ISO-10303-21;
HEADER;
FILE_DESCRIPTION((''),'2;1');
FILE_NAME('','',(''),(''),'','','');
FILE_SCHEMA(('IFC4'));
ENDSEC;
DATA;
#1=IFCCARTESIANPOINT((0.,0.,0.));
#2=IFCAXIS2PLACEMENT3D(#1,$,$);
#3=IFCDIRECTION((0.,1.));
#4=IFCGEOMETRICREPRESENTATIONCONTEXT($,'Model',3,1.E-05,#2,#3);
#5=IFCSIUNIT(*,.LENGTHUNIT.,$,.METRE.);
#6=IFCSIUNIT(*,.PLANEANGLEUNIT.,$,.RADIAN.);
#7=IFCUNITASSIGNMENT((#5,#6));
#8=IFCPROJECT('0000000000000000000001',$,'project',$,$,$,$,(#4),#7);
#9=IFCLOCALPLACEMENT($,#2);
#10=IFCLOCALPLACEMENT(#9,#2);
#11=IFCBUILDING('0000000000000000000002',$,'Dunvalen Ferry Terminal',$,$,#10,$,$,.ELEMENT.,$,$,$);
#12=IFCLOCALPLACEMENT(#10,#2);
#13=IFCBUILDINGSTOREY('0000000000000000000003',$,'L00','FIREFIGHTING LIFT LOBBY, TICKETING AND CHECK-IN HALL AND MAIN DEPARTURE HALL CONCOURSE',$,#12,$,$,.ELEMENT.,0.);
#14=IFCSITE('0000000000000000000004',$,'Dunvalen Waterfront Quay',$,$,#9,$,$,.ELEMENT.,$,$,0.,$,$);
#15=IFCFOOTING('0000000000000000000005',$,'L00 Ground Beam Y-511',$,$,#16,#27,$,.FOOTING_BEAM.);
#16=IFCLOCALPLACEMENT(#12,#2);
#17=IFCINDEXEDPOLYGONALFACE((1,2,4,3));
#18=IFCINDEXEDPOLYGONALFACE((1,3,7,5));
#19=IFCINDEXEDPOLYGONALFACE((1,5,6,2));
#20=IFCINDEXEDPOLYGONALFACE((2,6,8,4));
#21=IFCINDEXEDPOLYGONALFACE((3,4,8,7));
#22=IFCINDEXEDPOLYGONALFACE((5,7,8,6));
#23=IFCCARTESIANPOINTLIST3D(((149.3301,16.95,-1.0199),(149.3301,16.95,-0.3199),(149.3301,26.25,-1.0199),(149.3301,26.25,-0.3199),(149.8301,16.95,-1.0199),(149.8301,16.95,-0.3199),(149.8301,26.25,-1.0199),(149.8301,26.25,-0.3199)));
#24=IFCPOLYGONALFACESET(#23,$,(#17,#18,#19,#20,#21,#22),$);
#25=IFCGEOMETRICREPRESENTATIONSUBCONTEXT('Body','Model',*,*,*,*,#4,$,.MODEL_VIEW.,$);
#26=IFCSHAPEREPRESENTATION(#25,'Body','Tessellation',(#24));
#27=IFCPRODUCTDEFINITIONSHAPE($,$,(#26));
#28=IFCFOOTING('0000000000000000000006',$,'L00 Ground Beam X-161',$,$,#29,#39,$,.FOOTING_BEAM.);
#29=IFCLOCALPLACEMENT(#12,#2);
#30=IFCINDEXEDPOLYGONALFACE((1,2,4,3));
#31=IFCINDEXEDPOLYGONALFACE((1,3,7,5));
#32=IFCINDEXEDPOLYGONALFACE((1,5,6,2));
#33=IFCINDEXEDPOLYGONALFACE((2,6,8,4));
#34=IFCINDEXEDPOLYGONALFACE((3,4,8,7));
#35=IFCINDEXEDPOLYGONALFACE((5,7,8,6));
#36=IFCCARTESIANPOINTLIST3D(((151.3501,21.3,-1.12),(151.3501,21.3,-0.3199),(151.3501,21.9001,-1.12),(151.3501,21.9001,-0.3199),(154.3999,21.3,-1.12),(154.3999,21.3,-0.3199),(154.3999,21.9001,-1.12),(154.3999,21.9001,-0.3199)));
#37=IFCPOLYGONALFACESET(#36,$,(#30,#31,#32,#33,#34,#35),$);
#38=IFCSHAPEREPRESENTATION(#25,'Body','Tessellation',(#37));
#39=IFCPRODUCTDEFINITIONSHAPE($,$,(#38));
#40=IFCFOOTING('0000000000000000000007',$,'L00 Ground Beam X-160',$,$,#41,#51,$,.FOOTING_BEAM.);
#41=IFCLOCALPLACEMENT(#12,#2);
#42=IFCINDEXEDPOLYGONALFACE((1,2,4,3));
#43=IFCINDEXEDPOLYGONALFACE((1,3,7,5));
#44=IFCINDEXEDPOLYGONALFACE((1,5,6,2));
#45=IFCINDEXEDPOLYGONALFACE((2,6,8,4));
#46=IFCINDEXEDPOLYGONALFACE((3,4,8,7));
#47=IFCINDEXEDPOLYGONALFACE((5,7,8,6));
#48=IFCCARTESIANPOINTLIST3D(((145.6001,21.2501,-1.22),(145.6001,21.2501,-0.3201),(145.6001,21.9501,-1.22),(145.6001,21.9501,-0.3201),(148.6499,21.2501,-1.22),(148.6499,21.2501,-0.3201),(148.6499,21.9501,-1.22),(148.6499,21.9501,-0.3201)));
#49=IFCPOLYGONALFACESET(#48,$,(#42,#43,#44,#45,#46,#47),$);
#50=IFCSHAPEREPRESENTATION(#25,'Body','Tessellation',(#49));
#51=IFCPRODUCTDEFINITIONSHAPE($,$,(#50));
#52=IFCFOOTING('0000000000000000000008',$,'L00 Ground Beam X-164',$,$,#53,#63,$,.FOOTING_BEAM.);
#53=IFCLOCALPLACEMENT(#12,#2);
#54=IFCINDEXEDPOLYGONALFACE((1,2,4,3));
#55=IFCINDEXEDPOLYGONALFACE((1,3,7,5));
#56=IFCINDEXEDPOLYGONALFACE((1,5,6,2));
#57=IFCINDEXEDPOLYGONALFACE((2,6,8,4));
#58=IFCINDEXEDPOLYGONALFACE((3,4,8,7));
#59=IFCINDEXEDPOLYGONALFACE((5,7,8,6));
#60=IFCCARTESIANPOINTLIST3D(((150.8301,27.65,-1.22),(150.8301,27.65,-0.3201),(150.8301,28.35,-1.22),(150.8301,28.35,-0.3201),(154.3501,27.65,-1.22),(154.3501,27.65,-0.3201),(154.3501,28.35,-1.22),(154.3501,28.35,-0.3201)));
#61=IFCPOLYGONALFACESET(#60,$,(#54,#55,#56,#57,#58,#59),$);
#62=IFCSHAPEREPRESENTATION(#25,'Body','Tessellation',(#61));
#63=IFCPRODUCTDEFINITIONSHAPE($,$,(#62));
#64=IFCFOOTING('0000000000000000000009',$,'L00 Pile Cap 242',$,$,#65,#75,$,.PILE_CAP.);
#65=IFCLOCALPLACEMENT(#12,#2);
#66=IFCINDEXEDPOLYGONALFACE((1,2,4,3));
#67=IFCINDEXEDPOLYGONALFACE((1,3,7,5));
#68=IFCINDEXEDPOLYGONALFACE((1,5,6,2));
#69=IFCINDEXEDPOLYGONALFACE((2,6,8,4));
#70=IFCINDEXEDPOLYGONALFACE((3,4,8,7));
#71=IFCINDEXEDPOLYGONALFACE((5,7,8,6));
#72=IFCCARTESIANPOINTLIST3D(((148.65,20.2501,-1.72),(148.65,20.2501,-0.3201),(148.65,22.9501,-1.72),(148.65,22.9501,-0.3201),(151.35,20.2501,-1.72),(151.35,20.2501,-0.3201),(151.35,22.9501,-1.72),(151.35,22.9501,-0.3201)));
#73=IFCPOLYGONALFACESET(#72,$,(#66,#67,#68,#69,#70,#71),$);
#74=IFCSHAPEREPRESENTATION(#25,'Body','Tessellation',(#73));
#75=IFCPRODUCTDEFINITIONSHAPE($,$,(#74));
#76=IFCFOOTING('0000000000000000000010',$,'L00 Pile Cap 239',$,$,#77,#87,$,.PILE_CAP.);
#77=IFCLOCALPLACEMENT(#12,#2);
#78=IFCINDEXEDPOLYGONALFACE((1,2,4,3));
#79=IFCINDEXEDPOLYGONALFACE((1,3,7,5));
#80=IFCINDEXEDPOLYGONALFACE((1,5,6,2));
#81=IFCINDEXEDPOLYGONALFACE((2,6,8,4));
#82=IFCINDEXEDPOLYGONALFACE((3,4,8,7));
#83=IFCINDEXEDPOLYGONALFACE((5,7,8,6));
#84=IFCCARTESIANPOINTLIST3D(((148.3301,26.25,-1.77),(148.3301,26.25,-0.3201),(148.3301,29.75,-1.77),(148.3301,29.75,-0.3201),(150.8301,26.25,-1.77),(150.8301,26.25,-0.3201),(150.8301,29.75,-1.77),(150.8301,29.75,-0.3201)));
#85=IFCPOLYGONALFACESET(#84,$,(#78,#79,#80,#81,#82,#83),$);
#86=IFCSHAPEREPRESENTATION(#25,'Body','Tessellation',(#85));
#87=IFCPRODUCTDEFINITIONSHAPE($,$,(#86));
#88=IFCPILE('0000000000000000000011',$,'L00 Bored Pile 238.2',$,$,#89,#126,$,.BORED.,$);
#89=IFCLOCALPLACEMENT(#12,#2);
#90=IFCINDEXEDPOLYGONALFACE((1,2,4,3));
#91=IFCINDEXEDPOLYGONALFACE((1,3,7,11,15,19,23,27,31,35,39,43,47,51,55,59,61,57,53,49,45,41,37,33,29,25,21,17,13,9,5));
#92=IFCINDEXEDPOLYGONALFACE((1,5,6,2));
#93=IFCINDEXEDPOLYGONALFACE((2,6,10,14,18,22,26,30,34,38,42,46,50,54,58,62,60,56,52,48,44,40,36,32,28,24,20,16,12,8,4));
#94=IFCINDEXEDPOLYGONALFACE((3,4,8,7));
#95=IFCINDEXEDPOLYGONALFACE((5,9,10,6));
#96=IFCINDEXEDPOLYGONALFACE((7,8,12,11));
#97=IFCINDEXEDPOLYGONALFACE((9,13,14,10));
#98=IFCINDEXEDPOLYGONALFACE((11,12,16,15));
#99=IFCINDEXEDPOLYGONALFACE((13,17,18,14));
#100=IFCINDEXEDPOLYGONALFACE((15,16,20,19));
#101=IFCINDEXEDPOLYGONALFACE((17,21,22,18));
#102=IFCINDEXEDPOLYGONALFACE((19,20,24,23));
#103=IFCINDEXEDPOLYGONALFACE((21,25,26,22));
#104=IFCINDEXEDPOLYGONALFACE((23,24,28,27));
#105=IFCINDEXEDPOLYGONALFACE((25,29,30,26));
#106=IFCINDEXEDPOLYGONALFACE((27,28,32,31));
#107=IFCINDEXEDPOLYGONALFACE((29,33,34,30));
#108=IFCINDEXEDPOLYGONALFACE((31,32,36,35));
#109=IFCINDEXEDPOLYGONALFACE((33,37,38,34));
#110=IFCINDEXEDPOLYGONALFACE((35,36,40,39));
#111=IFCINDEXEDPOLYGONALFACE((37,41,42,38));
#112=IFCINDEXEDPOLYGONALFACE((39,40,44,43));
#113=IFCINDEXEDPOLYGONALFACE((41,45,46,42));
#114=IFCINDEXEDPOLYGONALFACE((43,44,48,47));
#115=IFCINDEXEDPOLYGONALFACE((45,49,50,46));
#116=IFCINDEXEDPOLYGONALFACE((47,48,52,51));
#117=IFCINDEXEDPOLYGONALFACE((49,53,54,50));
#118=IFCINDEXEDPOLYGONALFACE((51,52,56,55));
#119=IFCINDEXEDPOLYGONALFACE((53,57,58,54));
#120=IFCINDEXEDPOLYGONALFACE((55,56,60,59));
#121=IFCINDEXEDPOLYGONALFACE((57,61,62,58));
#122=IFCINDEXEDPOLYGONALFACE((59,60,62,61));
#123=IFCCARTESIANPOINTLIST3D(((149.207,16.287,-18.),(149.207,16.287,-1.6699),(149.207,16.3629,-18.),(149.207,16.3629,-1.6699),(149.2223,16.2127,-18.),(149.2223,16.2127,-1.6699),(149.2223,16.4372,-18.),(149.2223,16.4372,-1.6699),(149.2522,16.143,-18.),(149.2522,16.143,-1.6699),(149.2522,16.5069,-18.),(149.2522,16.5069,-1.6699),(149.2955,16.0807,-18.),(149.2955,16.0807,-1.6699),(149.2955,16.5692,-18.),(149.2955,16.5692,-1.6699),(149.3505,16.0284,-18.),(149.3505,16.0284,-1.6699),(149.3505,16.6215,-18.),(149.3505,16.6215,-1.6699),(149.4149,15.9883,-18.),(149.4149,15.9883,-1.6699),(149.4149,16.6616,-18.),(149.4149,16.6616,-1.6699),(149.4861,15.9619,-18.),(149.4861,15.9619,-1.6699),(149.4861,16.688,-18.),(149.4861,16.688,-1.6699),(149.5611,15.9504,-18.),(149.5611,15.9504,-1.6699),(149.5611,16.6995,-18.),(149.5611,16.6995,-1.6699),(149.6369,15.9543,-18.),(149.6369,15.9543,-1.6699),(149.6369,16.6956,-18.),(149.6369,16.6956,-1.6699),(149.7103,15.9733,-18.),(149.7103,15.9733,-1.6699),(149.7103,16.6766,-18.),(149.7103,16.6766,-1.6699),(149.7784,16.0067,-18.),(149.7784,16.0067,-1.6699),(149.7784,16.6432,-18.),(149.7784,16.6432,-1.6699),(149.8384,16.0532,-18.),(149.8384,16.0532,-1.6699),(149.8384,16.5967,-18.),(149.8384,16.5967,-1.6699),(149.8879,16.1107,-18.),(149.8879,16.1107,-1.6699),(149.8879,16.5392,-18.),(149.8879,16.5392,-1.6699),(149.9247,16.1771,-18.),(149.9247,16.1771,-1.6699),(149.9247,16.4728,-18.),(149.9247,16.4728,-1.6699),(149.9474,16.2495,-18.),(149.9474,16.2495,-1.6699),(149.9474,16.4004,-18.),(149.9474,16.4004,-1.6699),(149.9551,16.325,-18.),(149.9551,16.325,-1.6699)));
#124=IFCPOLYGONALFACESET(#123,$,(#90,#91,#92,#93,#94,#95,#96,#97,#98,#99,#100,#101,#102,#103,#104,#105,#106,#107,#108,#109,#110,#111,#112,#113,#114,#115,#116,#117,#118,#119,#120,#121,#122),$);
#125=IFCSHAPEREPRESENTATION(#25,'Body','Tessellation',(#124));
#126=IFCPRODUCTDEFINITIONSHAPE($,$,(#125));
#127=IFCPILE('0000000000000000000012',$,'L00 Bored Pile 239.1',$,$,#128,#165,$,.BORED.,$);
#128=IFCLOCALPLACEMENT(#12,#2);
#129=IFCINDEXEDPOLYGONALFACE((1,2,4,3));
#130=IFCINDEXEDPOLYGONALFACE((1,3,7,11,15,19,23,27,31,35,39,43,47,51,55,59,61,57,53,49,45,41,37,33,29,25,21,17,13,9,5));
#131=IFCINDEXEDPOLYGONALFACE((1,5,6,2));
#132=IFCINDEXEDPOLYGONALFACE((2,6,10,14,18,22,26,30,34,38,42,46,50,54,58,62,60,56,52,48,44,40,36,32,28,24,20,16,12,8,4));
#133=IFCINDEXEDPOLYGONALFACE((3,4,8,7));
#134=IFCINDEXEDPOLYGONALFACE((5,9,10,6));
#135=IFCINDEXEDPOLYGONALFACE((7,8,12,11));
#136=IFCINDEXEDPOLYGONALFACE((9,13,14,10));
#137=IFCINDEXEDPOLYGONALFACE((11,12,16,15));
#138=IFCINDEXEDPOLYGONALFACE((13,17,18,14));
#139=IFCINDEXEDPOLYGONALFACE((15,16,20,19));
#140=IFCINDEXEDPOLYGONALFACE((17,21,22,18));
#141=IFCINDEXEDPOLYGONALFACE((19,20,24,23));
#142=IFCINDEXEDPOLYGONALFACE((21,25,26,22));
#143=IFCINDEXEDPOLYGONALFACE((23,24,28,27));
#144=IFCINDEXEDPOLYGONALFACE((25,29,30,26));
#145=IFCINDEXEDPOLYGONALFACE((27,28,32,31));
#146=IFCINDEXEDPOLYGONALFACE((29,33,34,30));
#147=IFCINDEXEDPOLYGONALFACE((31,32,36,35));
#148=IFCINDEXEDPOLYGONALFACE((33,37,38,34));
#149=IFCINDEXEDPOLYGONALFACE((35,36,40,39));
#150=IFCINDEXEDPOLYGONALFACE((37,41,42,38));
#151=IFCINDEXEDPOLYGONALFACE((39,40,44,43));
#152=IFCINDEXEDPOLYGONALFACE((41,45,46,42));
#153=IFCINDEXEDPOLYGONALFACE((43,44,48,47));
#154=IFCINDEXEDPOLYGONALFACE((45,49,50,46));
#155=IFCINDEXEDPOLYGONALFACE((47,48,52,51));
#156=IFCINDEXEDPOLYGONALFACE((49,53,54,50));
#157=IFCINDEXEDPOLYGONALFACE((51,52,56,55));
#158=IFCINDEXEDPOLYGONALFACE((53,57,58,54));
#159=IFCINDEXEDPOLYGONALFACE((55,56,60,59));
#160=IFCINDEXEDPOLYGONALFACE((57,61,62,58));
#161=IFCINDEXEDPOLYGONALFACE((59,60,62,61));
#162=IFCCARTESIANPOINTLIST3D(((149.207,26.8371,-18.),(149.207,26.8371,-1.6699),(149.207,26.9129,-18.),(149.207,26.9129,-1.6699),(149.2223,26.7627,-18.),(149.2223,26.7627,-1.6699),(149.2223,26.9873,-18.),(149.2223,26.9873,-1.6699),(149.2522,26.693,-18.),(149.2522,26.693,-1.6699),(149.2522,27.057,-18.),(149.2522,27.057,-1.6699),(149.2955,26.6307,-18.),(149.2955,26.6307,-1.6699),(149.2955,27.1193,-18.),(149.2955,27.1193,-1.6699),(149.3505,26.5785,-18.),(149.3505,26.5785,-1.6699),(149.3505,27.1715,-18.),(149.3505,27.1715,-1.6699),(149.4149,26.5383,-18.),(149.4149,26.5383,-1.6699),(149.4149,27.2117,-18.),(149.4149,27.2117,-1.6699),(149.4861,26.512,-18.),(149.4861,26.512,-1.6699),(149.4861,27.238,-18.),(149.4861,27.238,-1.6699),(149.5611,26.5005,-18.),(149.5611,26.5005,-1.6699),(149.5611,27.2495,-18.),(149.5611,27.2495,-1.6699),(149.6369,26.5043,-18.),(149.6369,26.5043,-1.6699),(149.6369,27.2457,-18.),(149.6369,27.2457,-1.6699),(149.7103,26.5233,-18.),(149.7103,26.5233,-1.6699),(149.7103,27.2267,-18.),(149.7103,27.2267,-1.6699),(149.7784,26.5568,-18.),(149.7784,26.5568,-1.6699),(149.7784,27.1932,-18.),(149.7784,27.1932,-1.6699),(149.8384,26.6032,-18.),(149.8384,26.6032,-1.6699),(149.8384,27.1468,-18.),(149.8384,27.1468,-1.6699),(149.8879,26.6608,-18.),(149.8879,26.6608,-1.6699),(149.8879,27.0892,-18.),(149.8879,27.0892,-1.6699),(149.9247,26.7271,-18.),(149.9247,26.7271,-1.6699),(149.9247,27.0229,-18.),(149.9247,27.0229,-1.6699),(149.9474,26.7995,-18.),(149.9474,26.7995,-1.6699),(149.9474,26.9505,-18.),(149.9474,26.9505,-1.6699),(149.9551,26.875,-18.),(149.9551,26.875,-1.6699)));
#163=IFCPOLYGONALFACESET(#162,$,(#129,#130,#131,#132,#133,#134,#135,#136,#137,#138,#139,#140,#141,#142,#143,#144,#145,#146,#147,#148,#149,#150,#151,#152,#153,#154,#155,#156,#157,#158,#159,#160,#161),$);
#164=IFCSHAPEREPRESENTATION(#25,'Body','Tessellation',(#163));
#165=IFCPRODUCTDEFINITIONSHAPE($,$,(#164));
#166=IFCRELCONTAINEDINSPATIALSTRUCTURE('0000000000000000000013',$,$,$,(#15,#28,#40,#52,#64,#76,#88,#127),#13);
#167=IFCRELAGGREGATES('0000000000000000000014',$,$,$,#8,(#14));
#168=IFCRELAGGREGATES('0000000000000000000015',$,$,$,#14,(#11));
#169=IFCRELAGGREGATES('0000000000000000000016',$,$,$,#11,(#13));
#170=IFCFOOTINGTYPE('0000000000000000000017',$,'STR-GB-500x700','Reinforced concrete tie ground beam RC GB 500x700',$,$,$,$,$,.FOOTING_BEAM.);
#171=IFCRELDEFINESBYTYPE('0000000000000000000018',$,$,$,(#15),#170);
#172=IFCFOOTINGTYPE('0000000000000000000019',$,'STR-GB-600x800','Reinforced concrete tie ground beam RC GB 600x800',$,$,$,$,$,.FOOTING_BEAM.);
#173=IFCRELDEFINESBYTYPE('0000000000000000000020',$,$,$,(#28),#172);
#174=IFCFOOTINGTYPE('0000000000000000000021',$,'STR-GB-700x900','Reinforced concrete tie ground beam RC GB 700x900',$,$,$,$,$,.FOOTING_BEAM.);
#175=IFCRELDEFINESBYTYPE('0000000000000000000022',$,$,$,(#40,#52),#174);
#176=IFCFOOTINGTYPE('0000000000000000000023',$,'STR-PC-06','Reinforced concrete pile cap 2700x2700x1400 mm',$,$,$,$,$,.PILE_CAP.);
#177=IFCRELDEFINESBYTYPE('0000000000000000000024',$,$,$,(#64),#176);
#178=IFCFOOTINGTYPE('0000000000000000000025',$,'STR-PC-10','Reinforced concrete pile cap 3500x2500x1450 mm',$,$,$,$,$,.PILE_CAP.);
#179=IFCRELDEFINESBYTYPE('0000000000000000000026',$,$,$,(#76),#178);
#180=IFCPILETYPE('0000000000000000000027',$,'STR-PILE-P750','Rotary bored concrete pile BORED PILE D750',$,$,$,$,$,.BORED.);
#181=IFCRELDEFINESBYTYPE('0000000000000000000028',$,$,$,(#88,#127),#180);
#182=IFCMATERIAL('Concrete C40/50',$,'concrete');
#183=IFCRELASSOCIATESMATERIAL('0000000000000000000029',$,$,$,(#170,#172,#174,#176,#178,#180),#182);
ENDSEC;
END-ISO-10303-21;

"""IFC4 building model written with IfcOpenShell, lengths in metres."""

from ifc_helpers import new_model, si_unit, direction, frame, origin, origin_2d, place, context, subcontext, project, spatial, rectangle, circle, extrude, material, material_profile, profile_set, type_object, element, save


model = new_model("IFC4")

# Units and contexts
model_context = context("Model", 3, precision=1e-05, world=origin(), true_north=direction((0.0, 1.0)))
body_context = subcontext(model_context, "Body", "Model", "MODEL_VIEW")
ifc_project = project(units=[si_unit("LENGTHUNIT", "METRE"), si_unit("PLANEANGLEUNIT", "RADIAN")], contexts=[model_context])

# Site, building, storey
site_placement = place(None, origin())
site = spatial("IfcSite", under=ifc_project, at=site_placement, Name="Dunvalen Waterfront Quay", CompositionType="ELEMENT", RefElevation=0.0)
building_placement = place(site_placement, origin())
building = spatial("IfcBuilding", under=site, at=building_placement, Name="Dunvalen Ferry Terminal", CompositionType="ELEMENT")
storey_placement = place(building_placement, origin())
storey = spatial("IfcBuildingStorey", under=building, at=storey_placement, Name="L00", Description="FIREFIGHTING LIFT LOBBY, TICKETING AND CHECK-IN HALL AND MAIN DEPARTURE HALL CONCOURSE", CompositionType="ELEMENT", Elevation=0.0)

# Footings
ifc_material_1 = material(Name="Concrete C40/50", Category="concrete")
ifc_material_profile_1 = material_profile(ifc_material_1, rectangle(XDim=0.5, YDim=0.7, at=origin_2d()), Name="Concrete C40/50")
ifc_profile_set_1 = profile_set([ifc_material_profile_1], Name="Concrete C40/50")
footing_type_1 = type_object("IfcFootingType", Name="STR-GB-500x700", Description="Reinforced concrete tie ground beam RC GB 500x700", PredefinedType="FOOTING_BEAM", material=ifc_profile_set_1)
footing_1_placement = place(storey_placement, frame((149.5801, 16.95, -0.6699), z_axis=(0.0, 1.0, 0.0), x_axis=(-1.0, 0.0, 0.0)))
element("IfcFooting", 1, at=footing_1_placement, inside=storey, type_object=footing_type_1, Name="L00 Ground Beam Y-511", PredefinedType="FOOTING_BEAM", context=body_context, shape_type="SweptSolid", body=[
    extrude(rectangle(XDim=0.5, YDim=0.7, at=origin_2d()), origin(), (0.0, 0.0, 1.0), 9.3),
])
ifc_material_profile_2 = material_profile(ifc_material_1, rectangle(XDim=0.6001, YDim=0.8, at=origin_2d()), Name="Concrete C40/50")
ifc_profile_set_2 = profile_set([ifc_material_profile_2], Name="Concrete C40/50")
footing_type_2 = type_object("IfcFootingType", Name="STR-GB-600x800", Description="Reinforced concrete tie ground beam RC GB 600x800", PredefinedType="FOOTING_BEAM", material=ifc_profile_set_2)
footing_2_placement = place(storey_placement, frame((151.3501, 21.6001, -0.72), z_axis=(1.0, 0.0, 0.0), x_axis=(0.0, 1.0, 0.0)))
element("IfcFooting", 2, at=footing_2_placement, inside=storey, type_object=footing_type_2, Name="L00 Ground Beam X-161", PredefinedType="FOOTING_BEAM", context=body_context, shape_type="SweptSolid", body=[
    extrude(rectangle(XDim=0.6001, YDim=0.8, at=origin_2d()), origin(), (0.0, 0.0, 1.0), 3.0498),
])
ifc_material_profile_3 = material_profile(ifc_material_1, rectangle(XDim=0.7, YDim=0.8999, at=origin_2d()), Name="Concrete C40/50")
ifc_profile_set_3 = profile_set([ifc_material_profile_3], Name="Concrete C40/50")
footing_type_3 = type_object("IfcFootingType", Name="STR-GB-700x900", Description="Reinforced concrete tie ground beam RC GB 700x900", PredefinedType="FOOTING_BEAM", material=ifc_profile_set_3)
footing_3_placement = place(storey_placement, frame((145.6001, 21.6001, -0.77), z_axis=(1.0, 0.0, 0.0), x_axis=(0.0, 1.0, 0.0)))
element("IfcFooting", 3, at=footing_3_placement, inside=storey, type_object=footing_type_3, Name="L00 Ground Beam X-160", PredefinedType="FOOTING_BEAM", context=body_context, shape_type="SweptSolid", body=[
    extrude(rectangle(XDim=0.7, YDim=0.8999, at=origin_2d()), origin(), (0.0, 0.0, 1.0), 3.0498),
])
footing_4_placement = place(storey_placement, frame((150.8301, 28.0, -0.77), z_axis=(1.0, 0.0, 0.0), x_axis=(0.0, 1.0, 0.0)))
element("IfcFooting", 4, at=footing_4_placement, inside=storey, type_object=footing_type_3, Name="L00 Ground Beam X-164", PredefinedType="FOOTING_BEAM", context=body_context, shape_type="SweptSolid", body=[
    extrude(rectangle(XDim=0.7, YDim=0.8999, at=origin_2d()), origin(), (0.0, 0.0, 1.0), 3.52),
])
footing_type_4 = type_object("IfcFootingType", Name="STR-PC-06", Description="Reinforced concrete pile cap 2700x2700x1400 mm", PredefinedType="PILE_CAP", material=ifc_material_1)
footing_5_placement = place(storey_placement, frame((150.0, 21.6001, -1.72), z_axis=(0.0, 0.0, 1.0), x_axis=(1.0, 0.0, 0.0)))
element("IfcFooting", 5, at=footing_5_placement, inside=storey, type_object=footing_type_4, Name="L00 Pile Cap 242", PredefinedType="PILE_CAP", context=body_context, shape_type="SweptSolid", body=[
    extrude(rectangle(XDim=2.7, YDim=2.7, at=origin_2d()), origin(), (0.0, 0.0, 1.0), 1.3999),
])
footing_type_5 = type_object("IfcFootingType", Name="STR-PC-10", Description="Reinforced concrete pile cap 3500x2500x1450 mm", PredefinedType="PILE_CAP", material=ifc_material_1)
footing_6_placement = place(storey_placement, frame((149.5801, 28.0, -1.77), z_axis=(0.0, 0.0, 1.0), x_axis=(0.0, 1.0, 0.0)))
element("IfcFooting", 6, at=footing_6_placement, inside=storey, type_object=footing_type_5, Name="L00 Pile Cap 239", PredefinedType="PILE_CAP", context=body_context, shape_type="SweptSolid", body=[
    extrude(rectangle(XDim=3.5, YDim=2.5, at=origin_2d()), origin(), (0.0, 0.0, 1.0), 1.45),
])

# Piles
ifc_material_profile_4 = material_profile(ifc_material_1, circle(Radius=0.375, at=origin_2d()), Name="Concrete C40/50")
ifc_profile_set_4 = profile_set([ifc_material_profile_4], Name="Concrete C40/50")
pile_type = type_object("IfcPileType", Name="STR-PILE-P750", Description="Rotary bored concrete pile BORED PILE D750", PredefinedType="BORED", material=ifc_profile_set_4)
for number, where, z_axis, x_axis, name in (
    (7, (149.5801, 16.325, -1.6699), (0.0, 0.0, -1.0), (1.0, 0.0, 0.0), "L00 Bored Pile 238.2"),
    (8, (149.5801, 26.875, -1.6699), (0.0, 0.0, -1.0), (1.0, 0.0, 0.0), "L00 Bored Pile 239.1"),
):
    element("IfcPile", number, at=place(storey_placement, frame(where, z_axis=z_axis, x_axis=x_axis)), inside=storey, type_object=pile_type, Name=name, PredefinedType="BORED", context=body_context, shape_type="SweptSolid", body=[
        extrude(circle(Radius=0.375, at=origin_2d()), origin(), (0.0, 0.0, 1.0), 16.3301),
    ])

save(model, "model.ifc")
